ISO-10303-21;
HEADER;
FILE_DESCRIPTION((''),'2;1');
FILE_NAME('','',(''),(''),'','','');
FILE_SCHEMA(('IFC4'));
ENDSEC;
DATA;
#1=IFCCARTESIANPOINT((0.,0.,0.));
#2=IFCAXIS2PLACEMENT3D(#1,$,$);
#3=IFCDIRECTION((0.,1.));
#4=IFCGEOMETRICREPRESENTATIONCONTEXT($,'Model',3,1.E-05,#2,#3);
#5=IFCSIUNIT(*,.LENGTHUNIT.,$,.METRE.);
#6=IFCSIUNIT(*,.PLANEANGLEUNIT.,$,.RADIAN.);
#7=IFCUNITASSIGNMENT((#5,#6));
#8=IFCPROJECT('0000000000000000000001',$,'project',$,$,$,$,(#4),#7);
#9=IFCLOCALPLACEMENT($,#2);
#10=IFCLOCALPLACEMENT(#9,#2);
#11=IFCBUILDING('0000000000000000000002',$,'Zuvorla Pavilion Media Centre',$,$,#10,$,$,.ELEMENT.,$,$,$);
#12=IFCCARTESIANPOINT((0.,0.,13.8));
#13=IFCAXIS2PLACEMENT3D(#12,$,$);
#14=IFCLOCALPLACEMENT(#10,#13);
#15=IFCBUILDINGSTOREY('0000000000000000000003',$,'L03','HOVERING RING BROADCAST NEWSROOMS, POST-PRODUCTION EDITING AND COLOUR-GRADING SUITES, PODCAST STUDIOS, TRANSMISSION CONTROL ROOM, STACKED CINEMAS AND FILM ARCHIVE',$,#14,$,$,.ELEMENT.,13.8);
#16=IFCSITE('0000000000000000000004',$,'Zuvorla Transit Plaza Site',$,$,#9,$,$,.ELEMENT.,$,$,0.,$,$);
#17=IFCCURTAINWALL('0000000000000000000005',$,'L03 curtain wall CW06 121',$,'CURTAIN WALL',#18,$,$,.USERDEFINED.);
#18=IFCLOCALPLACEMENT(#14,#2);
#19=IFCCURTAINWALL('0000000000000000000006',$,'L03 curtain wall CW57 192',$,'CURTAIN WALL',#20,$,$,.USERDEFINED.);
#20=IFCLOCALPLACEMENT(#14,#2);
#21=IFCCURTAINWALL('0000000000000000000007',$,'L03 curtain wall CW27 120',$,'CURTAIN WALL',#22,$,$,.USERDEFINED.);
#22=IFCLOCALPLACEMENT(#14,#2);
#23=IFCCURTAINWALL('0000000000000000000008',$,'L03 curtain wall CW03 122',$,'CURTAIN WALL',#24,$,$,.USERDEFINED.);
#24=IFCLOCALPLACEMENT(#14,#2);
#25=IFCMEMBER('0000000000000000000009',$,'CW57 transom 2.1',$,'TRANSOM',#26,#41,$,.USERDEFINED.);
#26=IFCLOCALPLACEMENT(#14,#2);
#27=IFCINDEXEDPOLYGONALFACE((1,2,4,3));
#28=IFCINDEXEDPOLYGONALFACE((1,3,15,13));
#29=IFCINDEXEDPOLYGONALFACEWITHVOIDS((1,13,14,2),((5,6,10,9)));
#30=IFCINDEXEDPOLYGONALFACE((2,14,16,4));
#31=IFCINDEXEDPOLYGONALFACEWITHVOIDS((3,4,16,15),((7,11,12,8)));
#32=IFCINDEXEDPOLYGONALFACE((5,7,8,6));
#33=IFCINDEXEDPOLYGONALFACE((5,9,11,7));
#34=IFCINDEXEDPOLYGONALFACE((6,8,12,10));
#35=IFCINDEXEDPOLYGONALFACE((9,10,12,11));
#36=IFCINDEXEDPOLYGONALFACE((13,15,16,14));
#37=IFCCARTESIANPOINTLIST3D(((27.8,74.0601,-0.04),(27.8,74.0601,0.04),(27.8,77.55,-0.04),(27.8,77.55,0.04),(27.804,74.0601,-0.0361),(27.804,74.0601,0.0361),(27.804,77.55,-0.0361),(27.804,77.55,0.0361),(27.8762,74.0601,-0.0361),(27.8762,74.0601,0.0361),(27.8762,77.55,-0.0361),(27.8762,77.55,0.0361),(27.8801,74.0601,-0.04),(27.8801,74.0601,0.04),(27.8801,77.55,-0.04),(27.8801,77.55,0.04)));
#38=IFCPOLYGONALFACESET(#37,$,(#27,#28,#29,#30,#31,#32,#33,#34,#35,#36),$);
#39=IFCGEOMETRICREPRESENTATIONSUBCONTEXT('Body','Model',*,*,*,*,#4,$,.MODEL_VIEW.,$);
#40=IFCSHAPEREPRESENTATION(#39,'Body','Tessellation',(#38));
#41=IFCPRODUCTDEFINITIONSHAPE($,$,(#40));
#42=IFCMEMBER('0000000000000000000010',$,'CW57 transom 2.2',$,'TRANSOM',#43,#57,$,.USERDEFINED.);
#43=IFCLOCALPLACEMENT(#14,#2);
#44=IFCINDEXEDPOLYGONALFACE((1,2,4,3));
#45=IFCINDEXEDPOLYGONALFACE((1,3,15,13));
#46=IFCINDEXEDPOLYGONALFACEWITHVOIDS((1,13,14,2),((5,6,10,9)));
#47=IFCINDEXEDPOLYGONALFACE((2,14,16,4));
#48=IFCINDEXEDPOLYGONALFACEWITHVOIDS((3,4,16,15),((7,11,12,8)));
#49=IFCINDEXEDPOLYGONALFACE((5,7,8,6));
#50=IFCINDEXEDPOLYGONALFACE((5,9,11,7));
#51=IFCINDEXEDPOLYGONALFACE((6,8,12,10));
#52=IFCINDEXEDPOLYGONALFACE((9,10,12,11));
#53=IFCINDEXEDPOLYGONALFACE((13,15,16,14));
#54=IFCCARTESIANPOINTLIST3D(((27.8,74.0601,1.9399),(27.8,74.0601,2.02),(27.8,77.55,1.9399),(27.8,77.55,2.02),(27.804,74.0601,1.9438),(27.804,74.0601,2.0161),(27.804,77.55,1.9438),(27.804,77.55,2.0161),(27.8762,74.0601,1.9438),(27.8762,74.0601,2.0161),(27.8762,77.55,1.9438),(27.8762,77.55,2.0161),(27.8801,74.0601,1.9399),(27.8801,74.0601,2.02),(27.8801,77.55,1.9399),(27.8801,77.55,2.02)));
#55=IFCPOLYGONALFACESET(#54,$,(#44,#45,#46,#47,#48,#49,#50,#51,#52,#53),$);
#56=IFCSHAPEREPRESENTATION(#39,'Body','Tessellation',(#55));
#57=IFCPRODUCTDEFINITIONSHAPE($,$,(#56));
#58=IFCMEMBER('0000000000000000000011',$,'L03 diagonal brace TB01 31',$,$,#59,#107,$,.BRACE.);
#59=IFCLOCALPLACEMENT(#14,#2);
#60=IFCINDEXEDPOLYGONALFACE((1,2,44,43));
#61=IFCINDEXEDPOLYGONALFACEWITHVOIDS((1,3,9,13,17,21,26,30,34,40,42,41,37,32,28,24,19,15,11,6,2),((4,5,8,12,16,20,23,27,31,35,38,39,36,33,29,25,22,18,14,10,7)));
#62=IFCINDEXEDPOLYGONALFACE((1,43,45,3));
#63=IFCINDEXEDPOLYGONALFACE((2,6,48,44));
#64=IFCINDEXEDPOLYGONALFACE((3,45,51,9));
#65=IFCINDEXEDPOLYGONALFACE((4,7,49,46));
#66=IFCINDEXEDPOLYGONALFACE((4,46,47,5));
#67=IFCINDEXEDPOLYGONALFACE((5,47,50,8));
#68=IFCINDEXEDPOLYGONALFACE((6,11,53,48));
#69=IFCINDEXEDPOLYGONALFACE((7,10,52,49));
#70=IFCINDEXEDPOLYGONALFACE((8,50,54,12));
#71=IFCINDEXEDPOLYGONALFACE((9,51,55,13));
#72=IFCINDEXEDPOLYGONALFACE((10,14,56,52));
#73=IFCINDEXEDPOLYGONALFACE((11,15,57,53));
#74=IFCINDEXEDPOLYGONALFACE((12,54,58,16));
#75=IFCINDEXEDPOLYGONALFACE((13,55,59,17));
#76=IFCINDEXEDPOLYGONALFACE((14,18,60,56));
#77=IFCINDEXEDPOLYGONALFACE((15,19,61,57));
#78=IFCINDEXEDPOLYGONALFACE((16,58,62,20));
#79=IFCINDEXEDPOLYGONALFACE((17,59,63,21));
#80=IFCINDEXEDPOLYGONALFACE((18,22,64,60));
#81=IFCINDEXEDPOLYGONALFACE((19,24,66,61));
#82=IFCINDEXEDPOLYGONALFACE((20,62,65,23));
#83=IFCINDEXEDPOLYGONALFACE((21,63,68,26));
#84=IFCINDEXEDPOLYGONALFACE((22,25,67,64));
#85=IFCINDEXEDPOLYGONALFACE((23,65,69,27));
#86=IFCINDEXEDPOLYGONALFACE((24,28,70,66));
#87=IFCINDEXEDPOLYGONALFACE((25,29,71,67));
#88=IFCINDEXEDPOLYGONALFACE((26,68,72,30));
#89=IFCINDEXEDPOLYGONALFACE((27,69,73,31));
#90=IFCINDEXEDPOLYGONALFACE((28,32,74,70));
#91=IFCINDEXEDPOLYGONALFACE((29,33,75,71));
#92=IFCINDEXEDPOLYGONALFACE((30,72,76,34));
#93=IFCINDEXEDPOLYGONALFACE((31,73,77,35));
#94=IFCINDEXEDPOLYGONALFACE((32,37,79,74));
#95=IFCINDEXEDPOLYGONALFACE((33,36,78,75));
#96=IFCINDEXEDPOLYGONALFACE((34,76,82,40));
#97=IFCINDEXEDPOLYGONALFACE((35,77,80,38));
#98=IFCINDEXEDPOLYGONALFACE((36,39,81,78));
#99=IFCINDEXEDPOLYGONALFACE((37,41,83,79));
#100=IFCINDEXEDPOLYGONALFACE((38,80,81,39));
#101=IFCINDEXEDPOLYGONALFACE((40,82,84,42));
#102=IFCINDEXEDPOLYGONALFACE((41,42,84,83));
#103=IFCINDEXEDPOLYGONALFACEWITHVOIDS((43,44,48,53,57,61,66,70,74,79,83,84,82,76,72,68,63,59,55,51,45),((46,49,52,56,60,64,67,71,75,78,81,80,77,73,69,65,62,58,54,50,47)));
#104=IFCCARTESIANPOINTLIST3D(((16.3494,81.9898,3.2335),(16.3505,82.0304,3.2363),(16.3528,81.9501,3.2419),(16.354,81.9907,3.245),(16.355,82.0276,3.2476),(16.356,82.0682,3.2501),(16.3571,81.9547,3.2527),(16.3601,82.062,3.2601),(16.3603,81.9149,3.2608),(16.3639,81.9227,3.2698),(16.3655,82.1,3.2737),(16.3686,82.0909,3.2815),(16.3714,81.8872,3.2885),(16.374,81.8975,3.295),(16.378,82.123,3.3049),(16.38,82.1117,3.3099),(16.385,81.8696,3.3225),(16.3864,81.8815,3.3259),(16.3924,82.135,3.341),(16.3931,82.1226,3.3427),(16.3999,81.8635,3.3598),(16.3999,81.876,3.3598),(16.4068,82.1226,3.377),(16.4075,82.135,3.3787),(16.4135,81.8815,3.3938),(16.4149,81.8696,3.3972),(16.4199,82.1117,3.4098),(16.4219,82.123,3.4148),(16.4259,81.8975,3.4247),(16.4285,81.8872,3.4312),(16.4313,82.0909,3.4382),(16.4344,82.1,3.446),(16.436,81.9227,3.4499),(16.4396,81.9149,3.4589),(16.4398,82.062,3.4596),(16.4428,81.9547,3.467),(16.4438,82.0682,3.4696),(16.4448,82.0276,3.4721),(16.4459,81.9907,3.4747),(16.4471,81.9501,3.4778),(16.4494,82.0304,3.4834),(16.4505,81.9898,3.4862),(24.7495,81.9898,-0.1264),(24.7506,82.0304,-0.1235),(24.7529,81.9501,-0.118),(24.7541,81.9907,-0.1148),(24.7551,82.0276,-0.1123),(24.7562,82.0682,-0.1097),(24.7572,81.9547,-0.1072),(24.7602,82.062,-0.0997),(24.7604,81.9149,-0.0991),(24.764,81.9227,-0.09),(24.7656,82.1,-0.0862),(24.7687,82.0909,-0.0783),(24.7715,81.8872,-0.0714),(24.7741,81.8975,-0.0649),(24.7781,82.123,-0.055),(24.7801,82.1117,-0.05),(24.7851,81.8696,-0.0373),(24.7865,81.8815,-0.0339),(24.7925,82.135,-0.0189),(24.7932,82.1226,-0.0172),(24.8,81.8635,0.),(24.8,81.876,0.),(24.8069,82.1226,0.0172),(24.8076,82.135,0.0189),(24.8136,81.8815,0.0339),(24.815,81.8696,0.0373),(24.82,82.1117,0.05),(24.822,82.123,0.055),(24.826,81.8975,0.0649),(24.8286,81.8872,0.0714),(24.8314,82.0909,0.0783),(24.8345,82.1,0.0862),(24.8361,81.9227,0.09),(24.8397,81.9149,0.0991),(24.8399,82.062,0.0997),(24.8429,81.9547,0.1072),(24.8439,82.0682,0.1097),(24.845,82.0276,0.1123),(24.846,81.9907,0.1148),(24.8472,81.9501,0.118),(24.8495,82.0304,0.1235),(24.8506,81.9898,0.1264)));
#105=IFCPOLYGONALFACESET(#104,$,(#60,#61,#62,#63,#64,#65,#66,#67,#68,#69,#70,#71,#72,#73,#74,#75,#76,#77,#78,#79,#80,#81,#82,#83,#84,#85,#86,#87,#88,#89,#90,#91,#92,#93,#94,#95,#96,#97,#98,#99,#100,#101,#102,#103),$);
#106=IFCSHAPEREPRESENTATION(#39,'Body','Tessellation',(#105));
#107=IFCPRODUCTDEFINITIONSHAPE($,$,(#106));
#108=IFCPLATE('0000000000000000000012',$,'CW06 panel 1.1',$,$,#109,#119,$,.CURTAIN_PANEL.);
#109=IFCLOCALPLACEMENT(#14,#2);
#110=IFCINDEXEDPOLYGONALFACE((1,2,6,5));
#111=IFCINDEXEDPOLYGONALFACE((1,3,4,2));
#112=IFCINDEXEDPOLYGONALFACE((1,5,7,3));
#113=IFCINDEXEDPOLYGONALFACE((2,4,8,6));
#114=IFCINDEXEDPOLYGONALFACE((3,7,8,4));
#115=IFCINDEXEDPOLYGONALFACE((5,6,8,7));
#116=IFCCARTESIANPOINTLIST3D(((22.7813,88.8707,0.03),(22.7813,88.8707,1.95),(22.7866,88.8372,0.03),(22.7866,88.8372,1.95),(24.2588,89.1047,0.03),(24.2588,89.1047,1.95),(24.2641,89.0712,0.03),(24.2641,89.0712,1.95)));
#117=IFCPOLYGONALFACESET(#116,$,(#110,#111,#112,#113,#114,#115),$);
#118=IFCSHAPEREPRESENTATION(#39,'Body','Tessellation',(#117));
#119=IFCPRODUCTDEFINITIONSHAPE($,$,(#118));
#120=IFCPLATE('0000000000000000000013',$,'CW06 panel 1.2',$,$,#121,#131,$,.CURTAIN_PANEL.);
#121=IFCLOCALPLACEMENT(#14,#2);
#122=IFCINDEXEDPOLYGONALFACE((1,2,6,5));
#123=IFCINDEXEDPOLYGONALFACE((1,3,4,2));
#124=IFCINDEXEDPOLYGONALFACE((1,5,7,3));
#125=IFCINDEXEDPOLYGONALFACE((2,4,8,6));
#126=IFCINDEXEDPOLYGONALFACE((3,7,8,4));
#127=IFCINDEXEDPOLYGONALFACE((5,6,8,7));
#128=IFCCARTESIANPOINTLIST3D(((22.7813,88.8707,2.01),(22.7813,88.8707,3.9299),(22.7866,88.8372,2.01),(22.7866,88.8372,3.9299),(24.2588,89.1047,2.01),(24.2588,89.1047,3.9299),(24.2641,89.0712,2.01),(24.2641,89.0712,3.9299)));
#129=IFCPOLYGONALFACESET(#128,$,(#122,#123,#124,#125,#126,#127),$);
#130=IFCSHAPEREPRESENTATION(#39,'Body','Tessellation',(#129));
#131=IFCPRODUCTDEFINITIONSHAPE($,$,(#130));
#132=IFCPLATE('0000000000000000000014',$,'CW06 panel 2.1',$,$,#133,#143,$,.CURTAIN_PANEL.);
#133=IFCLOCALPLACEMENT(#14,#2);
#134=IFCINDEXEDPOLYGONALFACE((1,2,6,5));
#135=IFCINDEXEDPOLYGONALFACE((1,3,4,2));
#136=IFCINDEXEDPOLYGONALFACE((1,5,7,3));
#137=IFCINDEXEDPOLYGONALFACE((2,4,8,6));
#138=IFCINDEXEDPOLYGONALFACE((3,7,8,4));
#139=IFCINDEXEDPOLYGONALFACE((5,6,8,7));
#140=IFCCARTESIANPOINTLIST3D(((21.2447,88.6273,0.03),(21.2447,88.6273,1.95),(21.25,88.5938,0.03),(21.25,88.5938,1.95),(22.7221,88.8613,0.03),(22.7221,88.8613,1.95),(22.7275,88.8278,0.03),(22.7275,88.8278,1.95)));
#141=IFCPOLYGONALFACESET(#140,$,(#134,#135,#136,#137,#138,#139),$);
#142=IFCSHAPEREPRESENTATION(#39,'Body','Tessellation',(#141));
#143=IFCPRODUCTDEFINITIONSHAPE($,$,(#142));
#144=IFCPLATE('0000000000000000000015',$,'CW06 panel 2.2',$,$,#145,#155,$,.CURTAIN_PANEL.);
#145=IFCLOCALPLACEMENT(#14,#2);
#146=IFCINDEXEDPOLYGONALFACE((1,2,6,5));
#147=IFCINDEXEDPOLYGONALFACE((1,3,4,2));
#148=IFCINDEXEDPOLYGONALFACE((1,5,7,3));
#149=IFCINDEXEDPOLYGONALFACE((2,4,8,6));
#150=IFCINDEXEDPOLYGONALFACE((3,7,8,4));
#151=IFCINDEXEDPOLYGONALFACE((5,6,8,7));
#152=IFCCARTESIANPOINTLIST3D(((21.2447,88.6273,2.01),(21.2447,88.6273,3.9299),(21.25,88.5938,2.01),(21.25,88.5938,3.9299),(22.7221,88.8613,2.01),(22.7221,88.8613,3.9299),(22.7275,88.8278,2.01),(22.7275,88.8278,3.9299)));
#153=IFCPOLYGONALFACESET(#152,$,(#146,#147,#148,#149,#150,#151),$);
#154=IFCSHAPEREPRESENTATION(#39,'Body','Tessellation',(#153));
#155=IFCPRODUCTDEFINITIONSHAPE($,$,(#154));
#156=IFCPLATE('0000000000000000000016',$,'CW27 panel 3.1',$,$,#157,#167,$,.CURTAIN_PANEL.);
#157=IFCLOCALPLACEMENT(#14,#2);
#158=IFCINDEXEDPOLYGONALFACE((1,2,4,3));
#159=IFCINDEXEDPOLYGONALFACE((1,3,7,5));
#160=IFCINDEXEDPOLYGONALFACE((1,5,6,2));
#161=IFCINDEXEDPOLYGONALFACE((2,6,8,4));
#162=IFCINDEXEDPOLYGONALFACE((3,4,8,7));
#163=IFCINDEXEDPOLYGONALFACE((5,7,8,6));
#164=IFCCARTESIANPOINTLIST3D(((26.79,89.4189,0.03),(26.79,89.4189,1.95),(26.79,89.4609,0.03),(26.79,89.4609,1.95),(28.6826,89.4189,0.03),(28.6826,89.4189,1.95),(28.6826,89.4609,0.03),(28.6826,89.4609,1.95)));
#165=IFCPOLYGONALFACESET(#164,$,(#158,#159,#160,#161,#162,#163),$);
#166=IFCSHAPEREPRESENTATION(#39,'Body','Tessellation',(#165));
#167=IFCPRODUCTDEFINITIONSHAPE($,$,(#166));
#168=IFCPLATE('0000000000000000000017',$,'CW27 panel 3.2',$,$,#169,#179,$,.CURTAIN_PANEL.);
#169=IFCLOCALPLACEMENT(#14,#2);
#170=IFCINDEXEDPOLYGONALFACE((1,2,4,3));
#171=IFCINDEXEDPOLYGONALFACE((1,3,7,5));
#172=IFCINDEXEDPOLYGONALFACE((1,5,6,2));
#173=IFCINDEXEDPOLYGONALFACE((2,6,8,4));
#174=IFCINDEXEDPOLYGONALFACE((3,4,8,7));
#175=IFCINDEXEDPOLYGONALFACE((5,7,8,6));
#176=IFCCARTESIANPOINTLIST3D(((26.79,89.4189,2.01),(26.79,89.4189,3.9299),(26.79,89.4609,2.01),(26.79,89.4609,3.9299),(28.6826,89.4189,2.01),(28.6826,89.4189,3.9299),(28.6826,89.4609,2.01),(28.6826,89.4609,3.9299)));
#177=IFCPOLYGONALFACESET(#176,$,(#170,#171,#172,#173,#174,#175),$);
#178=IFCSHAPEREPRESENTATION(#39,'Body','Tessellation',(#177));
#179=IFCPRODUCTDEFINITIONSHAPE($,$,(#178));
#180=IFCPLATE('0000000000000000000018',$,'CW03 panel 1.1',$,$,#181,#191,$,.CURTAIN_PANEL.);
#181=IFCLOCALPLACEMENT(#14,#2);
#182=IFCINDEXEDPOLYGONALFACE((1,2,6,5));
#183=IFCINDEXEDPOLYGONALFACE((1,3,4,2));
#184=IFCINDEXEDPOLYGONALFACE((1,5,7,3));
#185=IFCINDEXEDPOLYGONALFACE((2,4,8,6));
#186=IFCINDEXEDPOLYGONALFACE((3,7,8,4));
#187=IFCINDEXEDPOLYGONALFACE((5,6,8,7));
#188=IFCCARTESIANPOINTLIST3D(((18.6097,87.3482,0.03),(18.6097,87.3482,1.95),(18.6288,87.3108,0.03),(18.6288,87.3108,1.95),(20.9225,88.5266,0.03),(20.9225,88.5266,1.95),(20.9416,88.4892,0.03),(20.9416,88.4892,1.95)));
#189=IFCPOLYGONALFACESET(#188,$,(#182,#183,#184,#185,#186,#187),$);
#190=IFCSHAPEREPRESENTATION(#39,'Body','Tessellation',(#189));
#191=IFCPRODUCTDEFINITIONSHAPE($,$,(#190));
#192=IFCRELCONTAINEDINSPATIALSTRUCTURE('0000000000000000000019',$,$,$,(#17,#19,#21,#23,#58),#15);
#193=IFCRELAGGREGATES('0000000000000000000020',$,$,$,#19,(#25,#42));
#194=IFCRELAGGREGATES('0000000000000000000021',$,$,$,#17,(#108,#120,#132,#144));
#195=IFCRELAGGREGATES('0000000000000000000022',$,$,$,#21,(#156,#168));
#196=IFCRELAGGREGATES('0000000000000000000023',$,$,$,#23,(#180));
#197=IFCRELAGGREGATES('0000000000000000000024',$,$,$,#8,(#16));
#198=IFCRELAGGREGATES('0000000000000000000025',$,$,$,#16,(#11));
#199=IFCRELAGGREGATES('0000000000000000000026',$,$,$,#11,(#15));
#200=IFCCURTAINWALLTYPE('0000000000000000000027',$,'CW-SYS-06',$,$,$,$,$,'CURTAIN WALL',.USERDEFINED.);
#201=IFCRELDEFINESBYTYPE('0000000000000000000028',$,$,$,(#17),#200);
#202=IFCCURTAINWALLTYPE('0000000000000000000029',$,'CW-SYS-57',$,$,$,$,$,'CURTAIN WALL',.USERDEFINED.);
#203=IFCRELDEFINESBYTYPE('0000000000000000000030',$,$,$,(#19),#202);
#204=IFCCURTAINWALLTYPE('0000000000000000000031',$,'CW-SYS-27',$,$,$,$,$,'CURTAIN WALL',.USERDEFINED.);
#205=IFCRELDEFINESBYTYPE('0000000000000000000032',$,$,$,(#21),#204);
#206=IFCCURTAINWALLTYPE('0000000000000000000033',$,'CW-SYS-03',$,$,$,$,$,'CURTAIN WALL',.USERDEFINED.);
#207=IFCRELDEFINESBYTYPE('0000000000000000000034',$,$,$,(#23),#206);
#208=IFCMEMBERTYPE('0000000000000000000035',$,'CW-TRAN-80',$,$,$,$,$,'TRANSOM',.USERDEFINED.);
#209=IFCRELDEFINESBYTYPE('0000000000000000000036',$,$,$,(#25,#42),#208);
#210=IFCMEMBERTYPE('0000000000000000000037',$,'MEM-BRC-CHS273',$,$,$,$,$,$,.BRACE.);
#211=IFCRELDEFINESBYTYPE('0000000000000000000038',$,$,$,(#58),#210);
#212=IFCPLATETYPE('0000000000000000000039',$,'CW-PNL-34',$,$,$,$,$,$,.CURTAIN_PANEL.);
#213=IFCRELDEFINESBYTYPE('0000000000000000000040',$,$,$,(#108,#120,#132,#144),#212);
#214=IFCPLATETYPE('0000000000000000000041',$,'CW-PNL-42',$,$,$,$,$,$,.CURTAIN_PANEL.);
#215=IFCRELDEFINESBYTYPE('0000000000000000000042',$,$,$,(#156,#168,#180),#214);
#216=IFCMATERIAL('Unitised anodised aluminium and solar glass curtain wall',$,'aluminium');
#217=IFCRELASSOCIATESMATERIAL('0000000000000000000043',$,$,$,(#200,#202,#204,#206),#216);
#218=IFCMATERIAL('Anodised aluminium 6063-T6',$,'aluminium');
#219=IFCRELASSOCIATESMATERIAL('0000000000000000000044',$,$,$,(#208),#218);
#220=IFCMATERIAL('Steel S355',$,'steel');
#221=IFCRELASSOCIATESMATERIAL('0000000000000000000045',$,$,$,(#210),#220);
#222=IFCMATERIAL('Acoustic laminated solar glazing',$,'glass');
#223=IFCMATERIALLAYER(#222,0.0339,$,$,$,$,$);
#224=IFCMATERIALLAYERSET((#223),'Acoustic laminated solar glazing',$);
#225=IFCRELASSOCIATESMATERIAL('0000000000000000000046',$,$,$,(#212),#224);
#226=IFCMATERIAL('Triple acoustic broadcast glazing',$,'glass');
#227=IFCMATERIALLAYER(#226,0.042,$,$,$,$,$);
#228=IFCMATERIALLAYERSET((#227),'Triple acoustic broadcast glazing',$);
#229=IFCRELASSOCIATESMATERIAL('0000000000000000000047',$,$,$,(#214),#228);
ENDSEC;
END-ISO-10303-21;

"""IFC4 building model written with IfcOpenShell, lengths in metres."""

from ifc_helpers import new_model, si_unit, direction, frame, origin, origin_2d, place, context, subcontext, project, spatial, rectangle, hollow_rectangle, hollow_circle, extrude, material, layer, layer_set, material_profile, profile_set, type_object, element, aggregate, save


model = new_model("IFC4")

# Units and contexts
model_context = context("Model", 3, precision=1e-05, world=origin(), true_north=direction((0.0, 1.0)))
body_context = subcontext(model_context, "Body", "Model", "MODEL_VIEW")
ifc_project = project(units=[si_unit("LENGTHUNIT", "METRE"), si_unit("PLANEANGLEUNIT", "RADIAN")], contexts=[model_context])

# Site, building, storey
site_placement = place(None, origin())
site = spatial("IfcSite", under=ifc_project, at=site_placement, Name="Zuvorla Transit Plaza Site", CompositionType="ELEMENT", RefElevation=0.0)
building_placement = place(site_placement, origin())
building = spatial("IfcBuilding", under=site, at=building_placement, Name="Zuvorla Pavilion Media Centre", CompositionType="ELEMENT")
storey_placement = place(building_placement, frame((0.0, 0.0, 13.8)))
storey = spatial("IfcBuildingStorey", under=building, at=storey_placement, Name="L03", Description="HOVERING RING BROADCAST NEWSROOMS, POST-PRODUCTION EDITING AND COLOUR-GRADING SUITES, PODCAST STUDIOS, TRANSMISSION CONTROL ROOM, STACKED CINEMAS AND FILM ARCHIVE", CompositionType="ELEMENT", Elevation=13.8)

# Shared definitions
ifc_material_1 = material(Name="Steel S355", Category="steel")

# Curtain wall
ifc_material_2 = material(Name="Unitised anodised aluminium and solar glass curtain wall", Category="aluminium")
curtain_wall_type_1 = type_object("IfcCurtainWallType", Name="CW-SYS-06", ElementType="CURTAIN WALL", PredefinedType="USERDEFINED", material=ifc_material_2)
curtain_wall_1_placement = place(storey_placement, origin())
curtain_wall_1 = element("IfcCurtainWall", 1, at=curtain_wall_1_placement, inside=storey, type_object=curtain_wall_type_1, Name="L03 curtain wall CW06 121", ObjectType="CURTAIN WALL", PredefinedType="USERDEFINED")
ifc_material_3 = material(Name="Anodised aluminium 6063-T6", Category="aluminium")

# Curtain walls
curtain_wall_type_2 = type_object("IfcCurtainWallType", Name="CW-SYS-57", ElementType="CURTAIN WALL", PredefinedType="USERDEFINED", material=ifc_material_2)
curtain_wall_2_placement = place(storey_placement, origin())
curtain_wall_2 = element("IfcCurtainWall", 2, at=curtain_wall_2_placement, inside=storey, type_object=curtain_wall_type_2, Name="L03 curtain wall CW57 192", ObjectType="CURTAIN WALL", PredefinedType="USERDEFINED")
curtain_wall_type_3 = type_object("IfcCurtainWallType", Name="CW-SYS-27", ElementType="CURTAIN WALL", PredefinedType="USERDEFINED", material=ifc_material_2)
curtain_wall_3_placement = place(storey_placement, origin())
curtain_wall_3 = element("IfcCurtainWall", 3, at=curtain_wall_3_placement, inside=storey, type_object=curtain_wall_type_3, Name="L03 curtain wall CW27 120", ObjectType="CURTAIN WALL", PredefinedType="USERDEFINED")

# Curtain wall
curtain_wall_type_4 = type_object("IfcCurtainWallType", Name="CW-SYS-03", ElementType="CURTAIN WALL", PredefinedType="USERDEFINED", material=ifc_material_2)
curtain_wall_4_placement = place(storey_placement, origin())
curtain_wall_4 = element("IfcCurtainWall", 4, at=curtain_wall_4_placement, inside=storey, type_object=curtain_wall_type_4, Name="L03 curtain wall CW03 122", ObjectType="CURTAIN WALL", PredefinedType="USERDEFINED")

# Members
ifc_material_profile_1 = material_profile(ifc_material_3, hollow_rectangle(XDim=0.0801, YDim=0.0801, WallThickness=0.0039, at=origin_2d()), Name="ALU TRAN 80x80")
ifc_profile_set_1 = profile_set([ifc_material_profile_1], Name="Anodised aluminium 6063-T6")
member_type_1 = type_object("IfcMemberType", Name="CW-TRAN-80", ElementType="TRANSOM", PredefinedType="USERDEFINED", material=ifc_profile_set_1)
member_1_placement = place(storey_placement, frame((27.8401, 77.55, 0.0), z_axis=(0.0, -1.0, 0.0), x_axis=(1.0, 0.0, 0.0)))
member_1 = element("IfcMember", 5, at=member_1_placement, type_object=member_type_1, Name="CW57 transom 2.1", ObjectType="TRANSOM", PredefinedType="USERDEFINED", context=body_context, shape_type="SweptSolid", body=[
    extrude(hollow_rectangle(XDim=0.0801, YDim=0.0801, WallThickness=0.0039, at=origin_2d()), origin(), (0.0, 0.0, 1.0), 3.49),
])
member_2_placement = place(storey_placement, frame((27.8401, 77.55, 1.98), z_axis=(0.0, -1.0, 0.0), x_axis=(1.0, 0.0, 0.0)))
member_2 = element("IfcMember", 6, at=member_2_placement, type_object=member_type_1, Name="CW57 transom 2.2", ObjectType="TRANSOM", PredefinedType="USERDEFINED", context=body_context, shape_type="SweptSolid", body=[
    extrude(hollow_rectangle(XDim=0.0801, YDim=0.0801, WallThickness=0.0039, at=origin_2d()), origin(), (0.0, 0.0, 1.0), 3.49),
])
aggregate(curtain_wall_2, [member_1, member_2])
ifc_material_profile_2 = material_profile(ifc_material_1, hollow_circle(Radius=0.1365, WallThickness=0.0125, at=origin_2d()), Name="CHS 273x12.5")
ifc_profile_set_2 = profile_set([ifc_material_profile_2], Name="Steel S355")
member_type_2 = type_object("IfcMemberType", Name="MEM-BRC-CHS273", PredefinedType="BRACE", material=ifc_profile_set_2)
member_3_placement = place(storey_placement, frame((24.8, 82.0, 0.0), z_axis=(-0.928484, 0.0, 0.371372), x_axis=(0.0, -1.0, 0.0)))
element("IfcMember", 7, at=member_3_placement, inside=storey, type_object=member_type_2, Name="L03 diagonal brace TB01 31", PredefinedType="BRACE", context=body_context, shape_type="SweptSolid", body=[
    extrude(hollow_circle(Radius=0.1365, WallThickness=0.0125, at=origin_2d()), origin(), (0.0, 0.0, 1.0), 9.0471),
])

# Plates
ifc_material_4 = material(Name="Acoustic laminated solar glazing", Category="glass")
ifc_layer_1 = layer(ifc_material_4, 0.0339)
ifc_layer_set_1 = layer_set([ifc_layer_1], Name="Acoustic laminated solar glazing")
plate_type_1 = type_object("IfcPlateType", Name="CW-PNL-34", PredefinedType="CURTAIN_PANEL", material=ifc_layer_set_1)
plate_1_placement = place(storey_placement, frame((23.5227, 88.9709, 0.03), z_axis=(0.0, 0.0, 1.0), x_axis=(-0.987689, -0.156431, 0.0)))
plate_1 = element("IfcPlate", 8, at=plate_1_placement, type_object=plate_type_1, Name="CW06 panel 1.1", PredefinedType="CURTAIN_PANEL", context=body_context, shape_type="SweptSolid", body=[
    extrude(rectangle(XDim=1.4958, YDim=0.0339, at=origin_2d()), origin(), (0.0, 0.0, 1.0), 1.9199),
])
plate_2_placement = place(storey_placement, frame((23.5227, 88.9709, 2.01), z_axis=(0.0, 0.0, 1.0), x_axis=(-0.987689, -0.156431, 0.0)))
plate_2 = element("IfcPlate", 9, at=plate_2_placement, type_object=plate_type_1, Name="CW06 panel 1.2", PredefinedType="CURTAIN_PANEL", context=body_context, shape_type="SweptSolid", body=[
    extrude(rectangle(XDim=1.4958, YDim=0.0339, at=origin_2d()), origin(), (0.0, 0.0, 1.0), 1.9199),
])
plate_3_placement = place(storey_placement, frame((21.9861, 88.7275, 0.03), z_axis=(0.0, 0.0, 1.0), x_axis=(-0.987689, -0.156431, 0.0)))
plate_3 = element("IfcPlate", 10, at=plate_3_placement, type_object=plate_type_1, Name="CW06 panel 2.1", PredefinedType="CURTAIN_PANEL", context=body_context, shape_type="SweptSolid", body=[
    extrude(rectangle(XDim=1.4958, YDim=0.0339, at=origin_2d()), origin(), (0.0, 0.0, 1.0), 1.9199),
])
plate_4_placement = place(storey_placement, frame((21.9861, 88.7275, 2.01), z_axis=(0.0, 0.0, 1.0), x_axis=(-0.987689, -0.156431, 0.0)))
plate_4 = element("IfcPlate", 11, at=plate_4_placement, type_object=plate_type_1, Name="CW06 panel 2.2", PredefinedType="CURTAIN_PANEL", context=body_context, shape_type="SweptSolid", body=[
    extrude(rectangle(XDim=1.4958, YDim=0.0339, at=origin_2d()), origin(), (0.0, 0.0, 1.0), 1.9199),
])
aggregate(curtain_wall_1, [plate_1, plate_2, plate_3, plate_4])
ifc_material_5 = material(Name="Triple acoustic broadcast glazing", Category="glass")
ifc_layer_2 = layer(ifc_material_5, 0.042)
ifc_layer_set_2 = layer_set([ifc_layer_2], Name="Triple acoustic broadcast glazing")
plate_type_2 = type_object("IfcPlateType", Name="CW-PNL-42", PredefinedType="CURTAIN_PANEL", material=ifc_layer_set_2)
plate_5_placement = place(storey_placement, frame((27.7363, 89.4399, 0.03), z_axis=(0.0, 0.0, 1.0), x_axis=(-1.0, 0.0, 0.0)))
plate_5 = element("IfcPlate", 12, at=plate_5_placement, type_object=plate_type_2, Name="CW27 panel 3.1", PredefinedType="CURTAIN_PANEL", context=body_context, shape_type="SweptSolid", body=[
    extrude(rectangle(XDim=1.8926, YDim=0.042, at=origin_2d()), origin(), (0.0, 0.0, 1.0), 1.9199),
])
plate_6_placement = place(storey_placement, frame((27.7363, 89.4399, 2.01), z_axis=(0.0, 0.0, 1.0), x_axis=(-1.0, 0.0, 0.0)))
plate_6 = element("IfcPlate", 13, at=plate_6_placement, type_object=plate_type_2, Name="CW27 panel 3.2", PredefinedType="CURTAIN_PANEL", context=body_context, shape_type="SweptSolid", body=[
    extrude(rectangle(XDim=1.8926, YDim=0.042, at=origin_2d()), origin(), (0.0, 0.0, 1.0), 1.9199),
])
aggregate(curtain_wall_3, [plate_5, plate_6])
plate_7_placement = place(storey_placement, frame((19.7756, 87.9187, 0.03), z_axis=(0.0, 0.0, 1.0), x_axis=(-0.891009, -0.453986, 0.0)))
plate_7 = element("IfcPlate", 14, at=plate_7_placement, type_object=plate_type_2, Name="CW03 panel 1.1", PredefinedType="CURTAIN_PANEL", context=body_context, shape_type="SweptSolid", body=[
    extrude(rectangle(XDim=2.5957, YDim=0.042, at=origin_2d()), origin(), (0.0, 0.0, 1.0), 1.9199),
])
aggregate(curtain_wall_4, [plate_7])

save(model, "model.ifc")
